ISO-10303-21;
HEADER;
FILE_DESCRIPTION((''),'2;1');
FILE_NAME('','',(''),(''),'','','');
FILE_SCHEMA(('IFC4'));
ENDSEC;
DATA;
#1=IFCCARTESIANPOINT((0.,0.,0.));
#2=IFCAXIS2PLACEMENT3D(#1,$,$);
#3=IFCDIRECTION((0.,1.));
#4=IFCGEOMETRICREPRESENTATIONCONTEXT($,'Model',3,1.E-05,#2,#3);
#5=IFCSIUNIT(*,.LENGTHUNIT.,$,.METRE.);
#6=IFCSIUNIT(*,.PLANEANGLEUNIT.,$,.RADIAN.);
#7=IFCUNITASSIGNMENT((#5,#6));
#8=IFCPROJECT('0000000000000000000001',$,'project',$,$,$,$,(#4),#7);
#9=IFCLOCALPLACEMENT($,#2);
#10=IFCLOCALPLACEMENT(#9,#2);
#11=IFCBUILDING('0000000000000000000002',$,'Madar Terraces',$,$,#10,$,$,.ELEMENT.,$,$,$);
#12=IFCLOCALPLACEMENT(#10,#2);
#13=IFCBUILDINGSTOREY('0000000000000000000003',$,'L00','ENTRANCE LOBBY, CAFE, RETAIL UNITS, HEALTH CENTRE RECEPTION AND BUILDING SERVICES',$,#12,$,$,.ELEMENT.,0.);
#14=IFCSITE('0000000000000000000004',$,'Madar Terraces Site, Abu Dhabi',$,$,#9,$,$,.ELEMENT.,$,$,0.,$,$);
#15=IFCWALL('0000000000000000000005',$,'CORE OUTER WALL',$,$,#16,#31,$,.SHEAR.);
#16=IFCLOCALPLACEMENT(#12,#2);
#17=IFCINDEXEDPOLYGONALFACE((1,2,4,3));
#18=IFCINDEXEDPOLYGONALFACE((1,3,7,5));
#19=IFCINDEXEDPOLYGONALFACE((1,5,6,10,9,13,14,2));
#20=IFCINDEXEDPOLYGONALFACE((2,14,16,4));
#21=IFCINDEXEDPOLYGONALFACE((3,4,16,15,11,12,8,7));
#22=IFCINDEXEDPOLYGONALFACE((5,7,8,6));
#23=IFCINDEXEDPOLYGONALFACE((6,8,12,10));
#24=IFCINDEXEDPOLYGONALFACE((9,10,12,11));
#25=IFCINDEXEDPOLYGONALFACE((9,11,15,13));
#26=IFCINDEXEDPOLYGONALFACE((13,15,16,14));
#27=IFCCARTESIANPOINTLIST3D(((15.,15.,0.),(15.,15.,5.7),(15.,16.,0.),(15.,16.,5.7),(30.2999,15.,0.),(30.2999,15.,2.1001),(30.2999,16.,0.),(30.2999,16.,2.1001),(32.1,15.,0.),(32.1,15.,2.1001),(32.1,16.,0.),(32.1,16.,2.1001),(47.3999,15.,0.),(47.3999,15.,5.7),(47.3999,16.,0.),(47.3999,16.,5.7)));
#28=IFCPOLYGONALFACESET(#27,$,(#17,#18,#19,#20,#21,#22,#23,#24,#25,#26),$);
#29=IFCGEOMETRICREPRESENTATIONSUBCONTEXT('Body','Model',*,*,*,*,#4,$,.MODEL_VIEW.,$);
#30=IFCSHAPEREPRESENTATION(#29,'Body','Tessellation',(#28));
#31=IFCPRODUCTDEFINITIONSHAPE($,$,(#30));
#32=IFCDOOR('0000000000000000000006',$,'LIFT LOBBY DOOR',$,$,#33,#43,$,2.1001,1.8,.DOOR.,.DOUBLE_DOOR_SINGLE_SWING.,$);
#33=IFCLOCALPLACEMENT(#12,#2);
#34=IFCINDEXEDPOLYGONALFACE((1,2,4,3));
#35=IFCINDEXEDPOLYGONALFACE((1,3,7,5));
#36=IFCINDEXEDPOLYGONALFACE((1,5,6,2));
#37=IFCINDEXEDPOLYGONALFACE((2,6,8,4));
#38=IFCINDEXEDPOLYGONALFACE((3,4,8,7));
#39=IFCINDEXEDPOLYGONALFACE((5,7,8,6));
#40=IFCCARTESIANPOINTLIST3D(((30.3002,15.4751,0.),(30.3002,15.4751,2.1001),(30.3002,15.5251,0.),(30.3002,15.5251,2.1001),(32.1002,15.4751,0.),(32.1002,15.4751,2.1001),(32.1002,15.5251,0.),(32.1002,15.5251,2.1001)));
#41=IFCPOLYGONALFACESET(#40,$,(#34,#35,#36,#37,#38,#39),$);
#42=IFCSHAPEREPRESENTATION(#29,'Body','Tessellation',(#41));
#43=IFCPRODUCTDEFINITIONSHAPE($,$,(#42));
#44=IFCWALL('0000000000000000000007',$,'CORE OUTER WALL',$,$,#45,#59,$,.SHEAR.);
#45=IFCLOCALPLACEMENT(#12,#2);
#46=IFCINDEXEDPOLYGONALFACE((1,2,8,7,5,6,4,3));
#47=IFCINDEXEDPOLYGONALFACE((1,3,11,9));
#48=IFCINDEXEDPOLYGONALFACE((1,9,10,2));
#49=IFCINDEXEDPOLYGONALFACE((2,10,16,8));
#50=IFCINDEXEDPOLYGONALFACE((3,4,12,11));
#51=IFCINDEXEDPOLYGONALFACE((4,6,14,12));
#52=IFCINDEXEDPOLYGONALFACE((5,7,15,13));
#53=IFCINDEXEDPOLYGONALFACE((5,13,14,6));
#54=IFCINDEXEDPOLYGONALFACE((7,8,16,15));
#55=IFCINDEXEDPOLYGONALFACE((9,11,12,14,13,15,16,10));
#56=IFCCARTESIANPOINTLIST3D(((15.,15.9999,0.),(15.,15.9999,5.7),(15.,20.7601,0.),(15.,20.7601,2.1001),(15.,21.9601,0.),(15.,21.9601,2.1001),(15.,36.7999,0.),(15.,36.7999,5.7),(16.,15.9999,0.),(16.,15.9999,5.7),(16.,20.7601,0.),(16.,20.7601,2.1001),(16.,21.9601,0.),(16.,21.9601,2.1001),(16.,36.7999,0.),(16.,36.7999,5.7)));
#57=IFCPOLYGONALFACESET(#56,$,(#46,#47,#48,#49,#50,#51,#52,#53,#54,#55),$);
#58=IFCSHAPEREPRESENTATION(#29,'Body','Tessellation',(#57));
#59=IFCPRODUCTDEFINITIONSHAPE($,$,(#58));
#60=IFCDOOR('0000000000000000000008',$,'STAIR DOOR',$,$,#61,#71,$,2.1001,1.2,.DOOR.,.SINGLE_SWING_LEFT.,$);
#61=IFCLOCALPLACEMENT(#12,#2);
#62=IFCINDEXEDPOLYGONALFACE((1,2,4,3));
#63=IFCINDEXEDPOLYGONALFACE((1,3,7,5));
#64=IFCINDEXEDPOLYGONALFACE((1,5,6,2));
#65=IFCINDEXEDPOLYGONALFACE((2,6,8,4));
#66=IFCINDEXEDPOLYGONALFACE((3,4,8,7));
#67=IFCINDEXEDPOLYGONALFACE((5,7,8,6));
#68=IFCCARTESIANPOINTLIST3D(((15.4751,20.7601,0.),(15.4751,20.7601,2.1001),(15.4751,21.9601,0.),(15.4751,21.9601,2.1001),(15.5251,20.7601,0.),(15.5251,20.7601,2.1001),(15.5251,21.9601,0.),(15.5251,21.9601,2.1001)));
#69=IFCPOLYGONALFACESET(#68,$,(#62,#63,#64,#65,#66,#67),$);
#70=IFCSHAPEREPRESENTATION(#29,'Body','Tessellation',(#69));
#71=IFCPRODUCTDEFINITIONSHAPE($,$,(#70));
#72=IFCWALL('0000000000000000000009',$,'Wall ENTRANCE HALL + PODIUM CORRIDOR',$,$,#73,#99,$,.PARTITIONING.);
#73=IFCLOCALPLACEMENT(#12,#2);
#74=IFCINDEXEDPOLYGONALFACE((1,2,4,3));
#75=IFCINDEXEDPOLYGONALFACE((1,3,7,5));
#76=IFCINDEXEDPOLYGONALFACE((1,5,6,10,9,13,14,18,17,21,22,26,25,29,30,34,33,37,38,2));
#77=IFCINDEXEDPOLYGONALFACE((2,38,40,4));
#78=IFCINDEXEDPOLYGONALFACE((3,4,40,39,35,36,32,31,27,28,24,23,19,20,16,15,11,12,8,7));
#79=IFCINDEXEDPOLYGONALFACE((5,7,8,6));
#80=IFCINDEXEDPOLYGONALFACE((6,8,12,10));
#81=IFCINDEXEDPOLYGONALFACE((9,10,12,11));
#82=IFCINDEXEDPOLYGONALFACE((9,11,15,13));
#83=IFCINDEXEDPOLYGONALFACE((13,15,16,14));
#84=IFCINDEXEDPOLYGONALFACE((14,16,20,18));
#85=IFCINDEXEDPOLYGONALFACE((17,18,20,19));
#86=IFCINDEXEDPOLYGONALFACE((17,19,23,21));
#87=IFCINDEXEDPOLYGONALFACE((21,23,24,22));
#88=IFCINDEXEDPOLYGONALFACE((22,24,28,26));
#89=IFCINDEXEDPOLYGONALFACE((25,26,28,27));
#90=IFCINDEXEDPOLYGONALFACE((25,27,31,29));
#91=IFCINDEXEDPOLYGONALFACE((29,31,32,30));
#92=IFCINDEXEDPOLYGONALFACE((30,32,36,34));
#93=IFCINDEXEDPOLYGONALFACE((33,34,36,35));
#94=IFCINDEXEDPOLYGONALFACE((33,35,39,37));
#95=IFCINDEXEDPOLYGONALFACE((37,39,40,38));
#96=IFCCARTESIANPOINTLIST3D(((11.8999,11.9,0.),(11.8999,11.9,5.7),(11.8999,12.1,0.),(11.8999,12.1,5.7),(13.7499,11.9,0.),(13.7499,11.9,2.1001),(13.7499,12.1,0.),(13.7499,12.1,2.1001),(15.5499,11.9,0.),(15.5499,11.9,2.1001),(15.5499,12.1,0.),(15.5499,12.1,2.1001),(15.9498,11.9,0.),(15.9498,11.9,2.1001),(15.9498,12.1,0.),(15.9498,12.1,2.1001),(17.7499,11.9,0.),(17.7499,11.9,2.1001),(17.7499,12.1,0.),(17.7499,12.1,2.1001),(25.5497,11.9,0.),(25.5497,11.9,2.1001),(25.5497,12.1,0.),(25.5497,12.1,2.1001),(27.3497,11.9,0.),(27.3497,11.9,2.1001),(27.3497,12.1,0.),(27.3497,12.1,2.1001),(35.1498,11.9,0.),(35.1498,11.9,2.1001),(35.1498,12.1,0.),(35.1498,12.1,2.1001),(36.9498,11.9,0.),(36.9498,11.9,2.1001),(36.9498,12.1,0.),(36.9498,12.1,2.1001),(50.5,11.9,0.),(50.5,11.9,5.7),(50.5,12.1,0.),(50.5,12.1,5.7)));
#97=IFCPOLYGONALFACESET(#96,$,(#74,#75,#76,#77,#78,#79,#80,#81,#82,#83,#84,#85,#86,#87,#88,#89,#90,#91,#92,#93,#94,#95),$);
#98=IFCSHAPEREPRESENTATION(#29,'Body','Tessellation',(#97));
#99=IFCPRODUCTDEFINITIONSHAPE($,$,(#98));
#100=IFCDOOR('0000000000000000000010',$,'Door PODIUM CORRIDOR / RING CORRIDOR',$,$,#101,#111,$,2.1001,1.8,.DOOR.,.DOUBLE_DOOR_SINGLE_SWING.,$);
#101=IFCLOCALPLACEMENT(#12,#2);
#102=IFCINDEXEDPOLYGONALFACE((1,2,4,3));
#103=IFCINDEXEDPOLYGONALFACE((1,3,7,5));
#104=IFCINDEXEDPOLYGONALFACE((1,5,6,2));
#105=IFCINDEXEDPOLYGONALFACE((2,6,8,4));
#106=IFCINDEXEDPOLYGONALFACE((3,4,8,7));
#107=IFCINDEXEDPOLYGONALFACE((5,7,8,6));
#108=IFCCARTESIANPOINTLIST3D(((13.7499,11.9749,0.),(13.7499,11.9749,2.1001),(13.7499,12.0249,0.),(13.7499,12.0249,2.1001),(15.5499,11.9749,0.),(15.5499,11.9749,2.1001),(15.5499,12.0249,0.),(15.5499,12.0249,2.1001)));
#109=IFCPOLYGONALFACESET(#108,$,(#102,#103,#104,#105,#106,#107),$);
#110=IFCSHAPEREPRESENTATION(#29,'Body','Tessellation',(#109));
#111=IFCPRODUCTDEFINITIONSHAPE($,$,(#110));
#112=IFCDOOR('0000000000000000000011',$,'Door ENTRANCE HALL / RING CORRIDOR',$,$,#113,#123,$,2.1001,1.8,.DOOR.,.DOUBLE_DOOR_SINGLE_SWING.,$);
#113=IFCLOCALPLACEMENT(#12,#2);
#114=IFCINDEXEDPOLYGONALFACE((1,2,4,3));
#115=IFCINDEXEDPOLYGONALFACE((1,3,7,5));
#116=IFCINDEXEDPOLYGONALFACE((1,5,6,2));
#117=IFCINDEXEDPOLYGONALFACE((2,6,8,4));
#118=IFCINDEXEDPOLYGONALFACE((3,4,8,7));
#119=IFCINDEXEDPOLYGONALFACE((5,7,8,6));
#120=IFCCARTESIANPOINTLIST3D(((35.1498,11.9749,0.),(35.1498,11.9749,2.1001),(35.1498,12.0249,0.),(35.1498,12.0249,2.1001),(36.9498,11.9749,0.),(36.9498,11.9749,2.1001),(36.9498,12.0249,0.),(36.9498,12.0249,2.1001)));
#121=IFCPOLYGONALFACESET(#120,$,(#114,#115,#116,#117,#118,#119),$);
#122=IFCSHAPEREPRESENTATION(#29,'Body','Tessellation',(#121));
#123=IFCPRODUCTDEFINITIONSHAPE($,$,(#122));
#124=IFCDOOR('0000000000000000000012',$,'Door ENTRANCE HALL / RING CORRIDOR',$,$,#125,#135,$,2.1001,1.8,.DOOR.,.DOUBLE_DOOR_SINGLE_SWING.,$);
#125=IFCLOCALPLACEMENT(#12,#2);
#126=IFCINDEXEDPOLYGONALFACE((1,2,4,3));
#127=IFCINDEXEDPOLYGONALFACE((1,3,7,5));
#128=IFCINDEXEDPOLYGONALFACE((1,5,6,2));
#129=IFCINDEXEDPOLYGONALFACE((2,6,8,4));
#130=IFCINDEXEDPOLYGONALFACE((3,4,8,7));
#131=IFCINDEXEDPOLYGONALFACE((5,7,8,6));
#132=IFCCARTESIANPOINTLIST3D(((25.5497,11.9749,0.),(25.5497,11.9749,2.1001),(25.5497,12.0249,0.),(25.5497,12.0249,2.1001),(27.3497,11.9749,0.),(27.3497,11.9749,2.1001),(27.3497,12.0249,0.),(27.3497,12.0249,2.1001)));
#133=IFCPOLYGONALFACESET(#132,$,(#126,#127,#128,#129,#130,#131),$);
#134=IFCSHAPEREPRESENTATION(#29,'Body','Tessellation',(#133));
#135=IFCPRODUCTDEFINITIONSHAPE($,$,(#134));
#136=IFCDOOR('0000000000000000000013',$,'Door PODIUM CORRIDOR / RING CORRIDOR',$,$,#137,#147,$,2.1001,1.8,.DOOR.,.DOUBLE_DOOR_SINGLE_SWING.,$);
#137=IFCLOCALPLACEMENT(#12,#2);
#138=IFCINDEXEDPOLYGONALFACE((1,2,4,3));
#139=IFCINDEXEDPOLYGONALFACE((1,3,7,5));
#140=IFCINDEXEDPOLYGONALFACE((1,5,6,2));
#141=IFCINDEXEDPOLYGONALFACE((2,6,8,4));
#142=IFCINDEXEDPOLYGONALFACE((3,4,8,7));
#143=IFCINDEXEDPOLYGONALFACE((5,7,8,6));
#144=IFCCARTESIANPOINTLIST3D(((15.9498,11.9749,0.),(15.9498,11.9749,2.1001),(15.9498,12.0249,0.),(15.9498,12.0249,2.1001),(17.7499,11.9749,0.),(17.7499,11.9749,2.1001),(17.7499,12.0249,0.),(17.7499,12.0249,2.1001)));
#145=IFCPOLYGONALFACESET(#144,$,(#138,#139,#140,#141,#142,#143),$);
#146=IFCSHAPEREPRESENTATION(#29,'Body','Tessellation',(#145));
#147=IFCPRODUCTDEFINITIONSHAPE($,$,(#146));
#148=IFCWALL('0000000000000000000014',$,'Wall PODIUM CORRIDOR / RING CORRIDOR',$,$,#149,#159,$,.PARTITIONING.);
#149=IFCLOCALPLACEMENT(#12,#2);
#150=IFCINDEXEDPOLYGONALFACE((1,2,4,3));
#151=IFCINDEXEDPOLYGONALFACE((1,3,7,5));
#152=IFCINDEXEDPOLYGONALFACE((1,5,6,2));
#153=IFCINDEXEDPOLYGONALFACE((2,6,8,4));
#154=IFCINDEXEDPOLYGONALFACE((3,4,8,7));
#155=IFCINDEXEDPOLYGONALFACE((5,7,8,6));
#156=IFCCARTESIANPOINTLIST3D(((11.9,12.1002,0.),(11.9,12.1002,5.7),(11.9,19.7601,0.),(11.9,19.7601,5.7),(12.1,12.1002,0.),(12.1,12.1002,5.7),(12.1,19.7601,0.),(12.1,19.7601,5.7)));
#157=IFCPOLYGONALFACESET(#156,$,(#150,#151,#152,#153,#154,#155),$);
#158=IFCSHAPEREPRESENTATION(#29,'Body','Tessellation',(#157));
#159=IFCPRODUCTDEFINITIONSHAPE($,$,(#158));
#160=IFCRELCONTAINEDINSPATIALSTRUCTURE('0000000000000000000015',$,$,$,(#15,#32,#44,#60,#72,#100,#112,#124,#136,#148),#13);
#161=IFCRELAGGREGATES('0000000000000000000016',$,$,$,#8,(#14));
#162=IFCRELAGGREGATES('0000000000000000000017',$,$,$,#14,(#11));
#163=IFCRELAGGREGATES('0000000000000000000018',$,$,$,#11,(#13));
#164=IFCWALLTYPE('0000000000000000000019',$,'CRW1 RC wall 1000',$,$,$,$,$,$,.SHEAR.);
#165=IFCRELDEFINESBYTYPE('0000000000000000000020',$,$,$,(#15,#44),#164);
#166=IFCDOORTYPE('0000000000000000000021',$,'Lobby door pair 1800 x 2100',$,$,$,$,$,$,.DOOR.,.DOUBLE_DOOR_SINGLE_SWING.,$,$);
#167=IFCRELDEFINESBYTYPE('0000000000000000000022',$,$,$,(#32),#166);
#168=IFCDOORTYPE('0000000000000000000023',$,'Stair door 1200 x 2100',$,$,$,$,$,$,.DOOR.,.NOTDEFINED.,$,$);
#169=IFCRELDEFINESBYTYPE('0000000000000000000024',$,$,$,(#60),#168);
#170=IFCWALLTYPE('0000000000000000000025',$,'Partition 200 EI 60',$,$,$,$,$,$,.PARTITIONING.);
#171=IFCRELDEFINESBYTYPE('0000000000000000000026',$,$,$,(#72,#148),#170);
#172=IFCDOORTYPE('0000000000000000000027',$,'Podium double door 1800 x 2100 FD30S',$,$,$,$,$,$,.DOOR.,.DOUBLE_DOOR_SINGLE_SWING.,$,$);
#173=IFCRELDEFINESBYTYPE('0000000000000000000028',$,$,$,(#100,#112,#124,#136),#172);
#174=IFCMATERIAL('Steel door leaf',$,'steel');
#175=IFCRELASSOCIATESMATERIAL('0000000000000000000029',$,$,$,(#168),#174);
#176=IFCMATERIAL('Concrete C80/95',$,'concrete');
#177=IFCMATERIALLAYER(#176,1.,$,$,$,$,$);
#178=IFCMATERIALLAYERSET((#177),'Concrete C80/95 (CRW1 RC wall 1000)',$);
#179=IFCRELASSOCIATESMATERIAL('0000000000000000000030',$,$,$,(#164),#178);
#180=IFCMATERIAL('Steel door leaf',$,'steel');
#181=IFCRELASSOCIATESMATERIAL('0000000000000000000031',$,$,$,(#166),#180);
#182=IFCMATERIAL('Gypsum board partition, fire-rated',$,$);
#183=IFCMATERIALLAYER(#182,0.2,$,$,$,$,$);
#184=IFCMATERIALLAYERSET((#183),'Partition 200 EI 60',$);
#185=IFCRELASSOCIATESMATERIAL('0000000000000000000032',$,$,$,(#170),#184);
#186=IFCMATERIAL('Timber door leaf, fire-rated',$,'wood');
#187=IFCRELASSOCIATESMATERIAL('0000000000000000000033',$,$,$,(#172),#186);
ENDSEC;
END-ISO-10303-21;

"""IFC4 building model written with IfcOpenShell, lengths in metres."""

from ifc_helpers import new_model, si_unit, direction, frame, frame_2d, origin, place, context, subcontext, project, spatial, rectangle, extrude, material, layer, layer_set, type_object, element, fill, save


model = new_model("IFC4")

# Units and contexts
model_context = context("Model", 3, precision=1e-05, world=origin(), true_north=direction((0.0, 1.0)))
body_context = subcontext(model_context, "Body", "Model", "MODEL_VIEW")
ifc_project = project(units=[si_unit("LENGTHUNIT", "METRE"), si_unit("PLANEANGLEUNIT", "RADIAN")], contexts=[model_context])

# Site, building, storey
site_placement = place(None, origin())
site = spatial("IfcSite", under=ifc_project, at=site_placement, Name="Madar Terraces Site, Abu Dhabi", CompositionType="ELEMENT", RefElevation=0.0)
building_placement = place(site_placement, origin())
building = spatial("IfcBuilding", under=site, at=building_placement, Name="Madar Terraces", CompositionType="ELEMENT")
storey_placement = place(building_placement, origin())
storey = spatial("IfcBuildingStorey", under=building, at=storey_placement, Name="L00", Description="ENTRANCE LOBBY, CAFE, RETAIL UNITS, HEALTH CENTRE RECEPTION AND BUILDING SERVICES", CompositionType="ELEMENT", Elevation=0.0)

# Shared definitions
ifc_material_1 = material(Name="Steel door leaf", Category="steel")
door_type_1 = type_object("IfcDoorType", Name="Stair door 1200 x 2100", OperationType="NOTDEFINED", PredefinedType="DOOR", material=ifc_material_1)

# Walls, openings, doors
ifc_material_2 = material(Name="Concrete C80/95", Category="concrete")
ifc_layer_1 = layer(ifc_material_2, 1.0)
ifc_layer_set_1 = layer_set([ifc_layer_1], Name="Concrete C80/95 (CRW1 RC wall 1000)")
wall_type_1 = type_object("IfcWallType", Name="CRW1 RC wall 1000", PredefinedType="SHEAR", material=ifc_layer_set_1)
wall_1_placement = place(storey_placement, frame((15.0, 15.5, 0.0), z_axis=(0.0, 0.0, 1.0), x_axis=(1.0, 0.0, 0.0)))
wall_1 = element("IfcWall", 1, at=wall_1_placement, inside=storey, type_object=wall_type_1, Name="CORE OUTER WALL", PredefinedType="SHEAR", context=body_context, shape_type="SweptSolid", body=[
    extrude(rectangle(XDim=32.3999, YDim=1.0, at=frame_2d((16.2, 0.0))), origin(), (0.0, 0.0, 1.0), 5.7),
])
opening_1_placement = place(wall_1_placement, frame((15.3, 0.0, 0.0)))
opening_1 = element("IfcOpeningElement", 2, at=opening_1_placement, cuts=wall_1, PredefinedType="OPENING", context=body_context, shape_type="SweptSolid", body=[
    extrude(rectangle(XDim=1.8, YDim=2.1001, at=frame_2d((0.8999, 1.05))), frame((0.0, 0.51, 0.0), z_axis=(0.0, -1.0, 0.0), x_axis=(1.0, 0.0, 0.0)), (0.0, 0.0, 1.0), 1.02),
])
ifc_material_3 = material(Name="Steel door leaf", Category="steel")
door_type_2 = type_object("IfcDoorType", Name="Lobby door pair 1800 x 2100", OperationType="DOUBLE_DOOR_SINGLE_SWING", PredefinedType="DOOR", material=ifc_material_3)
door_1_placement = place(opening_1_placement, frame((1.8, 0.0, 0.0), z_axis=(0.0, 0.0, 1.0), x_axis=(-1.0, 0.0, 0.0)))
door_1 = element("IfcDoor", 3, at=door_1_placement, inside=storey, type_object=door_type_2, Name="LIFT LOBBY DOOR", OperationType="DOUBLE_DOOR_SINGLE_SWING", OverallHeight=2.1001, OverallWidth=1.8, PredefinedType="DOOR", context=body_context, shape_type="SweptSolid", body=[
    extrude(rectangle(XDim=1.8, YDim=2.1001, at=frame_2d((0.8999, 1.05))), frame((0.0, 0.0249, 0.0), z_axis=(0.0, -1.0, 0.0), x_axis=(1.0, 0.0, 0.0)), (0.0, 0.0, 1.0), 0.05),
])
fill(opening_1, door_1)
wall_2_placement = place(storey_placement, frame((15.5, 16.0, 0.0), z_axis=(0.0, 0.0, 1.0), x_axis=(0.0, 1.0, 0.0)))
wall_2 = element("IfcWall", 4, at=wall_2_placement, inside=storey, type_object=wall_type_1, Name="CORE OUTER WALL", PredefinedType="SHEAR", context=body_context, shape_type="SweptSolid", body=[
    extrude(rectangle(XDim=20.8, YDim=1.0, at=frame_2d((10.3999, 0.0))), origin(), (0.0, 0.0, 1.0), 5.7),
])
opening_2_placement = place(wall_2_placement, frame((4.76, 0.0, 0.0)))
opening_2 = element("IfcOpeningElement", 5, at=opening_2_placement, cuts=wall_2, PredefinedType="OPENING", context=body_context, shape_type="SweptSolid", body=[
    extrude(rectangle(XDim=1.2, YDim=2.1001, at=frame_2d((0.6001, 1.05))), frame((0.0, 0.51, 0.0), z_axis=(0.0, -1.0, 0.0), x_axis=(1.0, 0.0, 0.0)), (0.0, 0.0, 1.0), 1.02),
])
door_2_placement = place(opening_2_placement, origin())
door_2 = element("IfcDoor", 6, at=door_2_placement, inside=storey, type_object=door_type_1, Name="STAIR DOOR", OperationType="SINGLE_SWING_LEFT", OverallHeight=2.1001, OverallWidth=1.2, PredefinedType="DOOR", context=body_context, shape_type="SweptSolid", body=[
    extrude(rectangle(XDim=1.2, YDim=2.1001, at=frame_2d((0.6001, 1.05))), frame((0.0, 0.0249, 0.0), z_axis=(0.0, -1.0, 0.0), x_axis=(1.0, 0.0, 0.0)), (0.0, 0.0, 1.0), 0.05),
])
fill(opening_2, door_2)

# Wall, openings, doors
ifc_material_4 = material(Name="Gypsum board partition, fire-rated")
ifc_layer_2 = layer(ifc_material_4, 0.2)
ifc_layer_set_2 = layer_set([ifc_layer_2], Name="Partition 200 EI 60")
wall_type_2 = type_object("IfcWallType", Name="Partition 200 EI 60", PredefinedType="PARTITIONING", material=ifc_layer_set_2)
wall_3_placement = place(storey_placement, frame((11.8999, 12.0, 0.0), z_axis=(0.0, 0.0, 1.0), x_axis=(1.0, 0.0, 0.0)))
wall_3 = element("IfcWall", 7, at=wall_3_placement, inside=storey, type_object=wall_type_2, Name="Wall ENTRANCE HALL + PODIUM CORRIDOR", PredefinedType="PARTITIONING", context=body_context, shape_type="SweptSolid", body=[
    extrude(rectangle(XDim=38.6001, YDim=0.2, at=frame_2d((19.3, 0.0))), origin(), (0.0, 0.0, 1.0), 5.7),
])
opening_3_placement = place(wall_3_placement, frame((1.8501, 0.0, 0.0)))
opening_3 = element("IfcOpeningElement", 8, at=opening_3_placement, cuts=wall_3, PredefinedType="OPENING", context=body_context, shape_type="SweptSolid", body=[
    extrude(rectangle(XDim=1.8, YDim=2.1001, at=frame_2d((0.8999, 1.05))), frame((0.0, 0.1099, 0.0), z_axis=(0.0, -1.0, 0.0), x_axis=(1.0, 0.0, 0.0)), (0.0, 0.0, 1.0), 0.22),
])
opening_4_placement = place(wall_3_placement, frame((23.25, 0.0, 0.0)))
opening_4 = element("IfcOpeningElement", 9, at=opening_4_placement, cuts=wall_3, PredefinedType="OPENING", context=body_context, shape_type="SweptSolid", body=[
    extrude(rectangle(XDim=1.8, YDim=2.1001, at=frame_2d((0.8999, 1.05))), frame((0.0, 0.1099, 0.0), z_axis=(0.0, -1.0, 0.0), x_axis=(1.0, 0.0, 0.0)), (0.0, 0.0, 1.0), 0.22),
])
opening_5_placement = place(wall_3_placement, frame((13.6499, 0.0, 0.0)))
opening_5 = element("IfcOpeningElement", 10, at=opening_5_placement, cuts=wall_3, PredefinedType="OPENING", context=body_context, shape_type="SweptSolid", body=[
    extrude(rectangle(XDim=1.8, YDim=2.1001, at=frame_2d((0.8999, 1.05))), frame((0.0, 0.1099, 0.0), z_axis=(0.0, -1.0, 0.0), x_axis=(1.0, 0.0, 0.0)), (0.0, 0.0, 1.0), 0.22),
])
opening_6_placement = place(wall_3_placement, frame((4.05, 0.0, 0.0)))
opening_6 = element("IfcOpeningElement", 11, at=opening_6_placement, cuts=wall_3, PredefinedType="OPENING", context=body_context, shape_type="SweptSolid", body=[
    extrude(rectangle(XDim=1.8, YDim=2.1001, at=frame_2d((0.8999, 1.05))), frame((0.0, 0.1099, 0.0), z_axis=(0.0, -1.0, 0.0), x_axis=(1.0, 0.0, 0.0)), (0.0, 0.0, 1.0), 0.22),
])
ifc_material_5 = material(Name="Timber door leaf, fire-rated", Category="wood")
door_type_3 = type_object("IfcDoorType", Name="Podium double door 1800 x 2100 FD30S", OperationType="DOUBLE_DOOR_SINGLE_SWING", PredefinedType="DOOR", material=ifc_material_5)
door_3_placement = place(opening_3_placement, origin())
door_3 = element("IfcDoor", 12, at=door_3_placement, inside=storey, type_object=door_type_3, Name="Door PODIUM CORRIDOR / RING CORRIDOR", OperationType="DOUBLE_DOOR_SINGLE_SWING", OverallHeight=2.1001, OverallWidth=1.8, PredefinedType="DOOR", context=body_context, shape_type="SweptSolid", body=[
    extrude(rectangle(XDim=1.8, YDim=2.1001, at=frame_2d((0.8999, 1.05))), frame((0.0, 0.0249, 0.0), z_axis=(0.0, -1.0, 0.0), x_axis=(1.0, 0.0, 0.0)), (0.0, 0.0, 1.0), 0.05),
])
fill(opening_3, door_3)
door_4_placement = place(opening_4_placement, origin())
door_4 = element("IfcDoor", 13, at=door_4_placement, inside=storey, type_object=door_type_3, Name="Door ENTRANCE HALL / RING CORRIDOR", OperationType="DOUBLE_DOOR_SINGLE_SWING", OverallHeight=2.1001, OverallWidth=1.8, PredefinedType="DOOR", context=body_context, shape_type="SweptSolid", body=[
    extrude(rectangle(XDim=1.8, YDim=2.1001, at=frame_2d((0.8999, 1.05))), frame((0.0, 0.0249, 0.0), z_axis=(0.0, -1.0, 0.0), x_axis=(1.0, 0.0, 0.0)), (0.0, 0.0, 1.0), 0.05),
])
fill(opening_4, door_4)
door_5_placement = place(opening_5_placement, origin())
door_5 = element("IfcDoor", 14, at=door_5_placement, inside=storey, type_object=door_type_3, Name="Door ENTRANCE HALL / RING CORRIDOR", OperationType="DOUBLE_DOOR_SINGLE_SWING", OverallHeight=2.1001, OverallWidth=1.8, PredefinedType="DOOR", context=body_context, shape_type="SweptSolid", body=[
    extrude(rectangle(XDim=1.8, YDim=2.1001, at=frame_2d((0.8999, 1.05))), frame((0.0, 0.0249, 0.0), z_axis=(0.0, -1.0, 0.0), x_axis=(1.0, 0.0, 0.0)), (0.0, 0.0, 1.0), 0.05),
])
fill(opening_5, door_5)
door_6_placement = place(opening_6_placement, origin())
door_6 = element("IfcDoor", 15, at=door_6_placement, inside=storey, type_object=door_type_3, Name="Door PODIUM CORRIDOR / RING CORRIDOR", OperationType="DOUBLE_DOOR_SINGLE_SWING", OverallHeight=2.1001, OverallWidth=1.8, PredefinedType="DOOR", context=body_context, shape_type="SweptSolid", body=[
    extrude(rectangle(XDim=1.8, YDim=2.1001, at=frame_2d((0.8999, 1.05))), frame((0.0, 0.0249, 0.0), z_axis=(0.0, -1.0, 0.0), x_axis=(1.0, 0.0, 0.0)), (0.0, 0.0, 1.0), 0.05),
])
fill(opening_6, door_6)

# Wall
wall_4_placement = place(storey_placement, frame((12.0, 12.1001, 0.0), z_axis=(0.0, 0.0, 1.0), x_axis=(0.0, 1.0, 0.0)))
element("IfcWall", 16, at=wall_4_placement, inside=storey, type_object=wall_type_2, Name="Wall PODIUM CORRIDOR / RING CORRIDOR", PredefinedType="PARTITIONING", context=body_context, shape_type="SweptSolid", body=[
    extrude(rectangle(XDim=7.6599, YDim=0.2, at=frame_2d((3.8301, 0.0))), origin(), (0.0, 0.0, 1.0), 5.7),
])

save(model, "model.ifc")
